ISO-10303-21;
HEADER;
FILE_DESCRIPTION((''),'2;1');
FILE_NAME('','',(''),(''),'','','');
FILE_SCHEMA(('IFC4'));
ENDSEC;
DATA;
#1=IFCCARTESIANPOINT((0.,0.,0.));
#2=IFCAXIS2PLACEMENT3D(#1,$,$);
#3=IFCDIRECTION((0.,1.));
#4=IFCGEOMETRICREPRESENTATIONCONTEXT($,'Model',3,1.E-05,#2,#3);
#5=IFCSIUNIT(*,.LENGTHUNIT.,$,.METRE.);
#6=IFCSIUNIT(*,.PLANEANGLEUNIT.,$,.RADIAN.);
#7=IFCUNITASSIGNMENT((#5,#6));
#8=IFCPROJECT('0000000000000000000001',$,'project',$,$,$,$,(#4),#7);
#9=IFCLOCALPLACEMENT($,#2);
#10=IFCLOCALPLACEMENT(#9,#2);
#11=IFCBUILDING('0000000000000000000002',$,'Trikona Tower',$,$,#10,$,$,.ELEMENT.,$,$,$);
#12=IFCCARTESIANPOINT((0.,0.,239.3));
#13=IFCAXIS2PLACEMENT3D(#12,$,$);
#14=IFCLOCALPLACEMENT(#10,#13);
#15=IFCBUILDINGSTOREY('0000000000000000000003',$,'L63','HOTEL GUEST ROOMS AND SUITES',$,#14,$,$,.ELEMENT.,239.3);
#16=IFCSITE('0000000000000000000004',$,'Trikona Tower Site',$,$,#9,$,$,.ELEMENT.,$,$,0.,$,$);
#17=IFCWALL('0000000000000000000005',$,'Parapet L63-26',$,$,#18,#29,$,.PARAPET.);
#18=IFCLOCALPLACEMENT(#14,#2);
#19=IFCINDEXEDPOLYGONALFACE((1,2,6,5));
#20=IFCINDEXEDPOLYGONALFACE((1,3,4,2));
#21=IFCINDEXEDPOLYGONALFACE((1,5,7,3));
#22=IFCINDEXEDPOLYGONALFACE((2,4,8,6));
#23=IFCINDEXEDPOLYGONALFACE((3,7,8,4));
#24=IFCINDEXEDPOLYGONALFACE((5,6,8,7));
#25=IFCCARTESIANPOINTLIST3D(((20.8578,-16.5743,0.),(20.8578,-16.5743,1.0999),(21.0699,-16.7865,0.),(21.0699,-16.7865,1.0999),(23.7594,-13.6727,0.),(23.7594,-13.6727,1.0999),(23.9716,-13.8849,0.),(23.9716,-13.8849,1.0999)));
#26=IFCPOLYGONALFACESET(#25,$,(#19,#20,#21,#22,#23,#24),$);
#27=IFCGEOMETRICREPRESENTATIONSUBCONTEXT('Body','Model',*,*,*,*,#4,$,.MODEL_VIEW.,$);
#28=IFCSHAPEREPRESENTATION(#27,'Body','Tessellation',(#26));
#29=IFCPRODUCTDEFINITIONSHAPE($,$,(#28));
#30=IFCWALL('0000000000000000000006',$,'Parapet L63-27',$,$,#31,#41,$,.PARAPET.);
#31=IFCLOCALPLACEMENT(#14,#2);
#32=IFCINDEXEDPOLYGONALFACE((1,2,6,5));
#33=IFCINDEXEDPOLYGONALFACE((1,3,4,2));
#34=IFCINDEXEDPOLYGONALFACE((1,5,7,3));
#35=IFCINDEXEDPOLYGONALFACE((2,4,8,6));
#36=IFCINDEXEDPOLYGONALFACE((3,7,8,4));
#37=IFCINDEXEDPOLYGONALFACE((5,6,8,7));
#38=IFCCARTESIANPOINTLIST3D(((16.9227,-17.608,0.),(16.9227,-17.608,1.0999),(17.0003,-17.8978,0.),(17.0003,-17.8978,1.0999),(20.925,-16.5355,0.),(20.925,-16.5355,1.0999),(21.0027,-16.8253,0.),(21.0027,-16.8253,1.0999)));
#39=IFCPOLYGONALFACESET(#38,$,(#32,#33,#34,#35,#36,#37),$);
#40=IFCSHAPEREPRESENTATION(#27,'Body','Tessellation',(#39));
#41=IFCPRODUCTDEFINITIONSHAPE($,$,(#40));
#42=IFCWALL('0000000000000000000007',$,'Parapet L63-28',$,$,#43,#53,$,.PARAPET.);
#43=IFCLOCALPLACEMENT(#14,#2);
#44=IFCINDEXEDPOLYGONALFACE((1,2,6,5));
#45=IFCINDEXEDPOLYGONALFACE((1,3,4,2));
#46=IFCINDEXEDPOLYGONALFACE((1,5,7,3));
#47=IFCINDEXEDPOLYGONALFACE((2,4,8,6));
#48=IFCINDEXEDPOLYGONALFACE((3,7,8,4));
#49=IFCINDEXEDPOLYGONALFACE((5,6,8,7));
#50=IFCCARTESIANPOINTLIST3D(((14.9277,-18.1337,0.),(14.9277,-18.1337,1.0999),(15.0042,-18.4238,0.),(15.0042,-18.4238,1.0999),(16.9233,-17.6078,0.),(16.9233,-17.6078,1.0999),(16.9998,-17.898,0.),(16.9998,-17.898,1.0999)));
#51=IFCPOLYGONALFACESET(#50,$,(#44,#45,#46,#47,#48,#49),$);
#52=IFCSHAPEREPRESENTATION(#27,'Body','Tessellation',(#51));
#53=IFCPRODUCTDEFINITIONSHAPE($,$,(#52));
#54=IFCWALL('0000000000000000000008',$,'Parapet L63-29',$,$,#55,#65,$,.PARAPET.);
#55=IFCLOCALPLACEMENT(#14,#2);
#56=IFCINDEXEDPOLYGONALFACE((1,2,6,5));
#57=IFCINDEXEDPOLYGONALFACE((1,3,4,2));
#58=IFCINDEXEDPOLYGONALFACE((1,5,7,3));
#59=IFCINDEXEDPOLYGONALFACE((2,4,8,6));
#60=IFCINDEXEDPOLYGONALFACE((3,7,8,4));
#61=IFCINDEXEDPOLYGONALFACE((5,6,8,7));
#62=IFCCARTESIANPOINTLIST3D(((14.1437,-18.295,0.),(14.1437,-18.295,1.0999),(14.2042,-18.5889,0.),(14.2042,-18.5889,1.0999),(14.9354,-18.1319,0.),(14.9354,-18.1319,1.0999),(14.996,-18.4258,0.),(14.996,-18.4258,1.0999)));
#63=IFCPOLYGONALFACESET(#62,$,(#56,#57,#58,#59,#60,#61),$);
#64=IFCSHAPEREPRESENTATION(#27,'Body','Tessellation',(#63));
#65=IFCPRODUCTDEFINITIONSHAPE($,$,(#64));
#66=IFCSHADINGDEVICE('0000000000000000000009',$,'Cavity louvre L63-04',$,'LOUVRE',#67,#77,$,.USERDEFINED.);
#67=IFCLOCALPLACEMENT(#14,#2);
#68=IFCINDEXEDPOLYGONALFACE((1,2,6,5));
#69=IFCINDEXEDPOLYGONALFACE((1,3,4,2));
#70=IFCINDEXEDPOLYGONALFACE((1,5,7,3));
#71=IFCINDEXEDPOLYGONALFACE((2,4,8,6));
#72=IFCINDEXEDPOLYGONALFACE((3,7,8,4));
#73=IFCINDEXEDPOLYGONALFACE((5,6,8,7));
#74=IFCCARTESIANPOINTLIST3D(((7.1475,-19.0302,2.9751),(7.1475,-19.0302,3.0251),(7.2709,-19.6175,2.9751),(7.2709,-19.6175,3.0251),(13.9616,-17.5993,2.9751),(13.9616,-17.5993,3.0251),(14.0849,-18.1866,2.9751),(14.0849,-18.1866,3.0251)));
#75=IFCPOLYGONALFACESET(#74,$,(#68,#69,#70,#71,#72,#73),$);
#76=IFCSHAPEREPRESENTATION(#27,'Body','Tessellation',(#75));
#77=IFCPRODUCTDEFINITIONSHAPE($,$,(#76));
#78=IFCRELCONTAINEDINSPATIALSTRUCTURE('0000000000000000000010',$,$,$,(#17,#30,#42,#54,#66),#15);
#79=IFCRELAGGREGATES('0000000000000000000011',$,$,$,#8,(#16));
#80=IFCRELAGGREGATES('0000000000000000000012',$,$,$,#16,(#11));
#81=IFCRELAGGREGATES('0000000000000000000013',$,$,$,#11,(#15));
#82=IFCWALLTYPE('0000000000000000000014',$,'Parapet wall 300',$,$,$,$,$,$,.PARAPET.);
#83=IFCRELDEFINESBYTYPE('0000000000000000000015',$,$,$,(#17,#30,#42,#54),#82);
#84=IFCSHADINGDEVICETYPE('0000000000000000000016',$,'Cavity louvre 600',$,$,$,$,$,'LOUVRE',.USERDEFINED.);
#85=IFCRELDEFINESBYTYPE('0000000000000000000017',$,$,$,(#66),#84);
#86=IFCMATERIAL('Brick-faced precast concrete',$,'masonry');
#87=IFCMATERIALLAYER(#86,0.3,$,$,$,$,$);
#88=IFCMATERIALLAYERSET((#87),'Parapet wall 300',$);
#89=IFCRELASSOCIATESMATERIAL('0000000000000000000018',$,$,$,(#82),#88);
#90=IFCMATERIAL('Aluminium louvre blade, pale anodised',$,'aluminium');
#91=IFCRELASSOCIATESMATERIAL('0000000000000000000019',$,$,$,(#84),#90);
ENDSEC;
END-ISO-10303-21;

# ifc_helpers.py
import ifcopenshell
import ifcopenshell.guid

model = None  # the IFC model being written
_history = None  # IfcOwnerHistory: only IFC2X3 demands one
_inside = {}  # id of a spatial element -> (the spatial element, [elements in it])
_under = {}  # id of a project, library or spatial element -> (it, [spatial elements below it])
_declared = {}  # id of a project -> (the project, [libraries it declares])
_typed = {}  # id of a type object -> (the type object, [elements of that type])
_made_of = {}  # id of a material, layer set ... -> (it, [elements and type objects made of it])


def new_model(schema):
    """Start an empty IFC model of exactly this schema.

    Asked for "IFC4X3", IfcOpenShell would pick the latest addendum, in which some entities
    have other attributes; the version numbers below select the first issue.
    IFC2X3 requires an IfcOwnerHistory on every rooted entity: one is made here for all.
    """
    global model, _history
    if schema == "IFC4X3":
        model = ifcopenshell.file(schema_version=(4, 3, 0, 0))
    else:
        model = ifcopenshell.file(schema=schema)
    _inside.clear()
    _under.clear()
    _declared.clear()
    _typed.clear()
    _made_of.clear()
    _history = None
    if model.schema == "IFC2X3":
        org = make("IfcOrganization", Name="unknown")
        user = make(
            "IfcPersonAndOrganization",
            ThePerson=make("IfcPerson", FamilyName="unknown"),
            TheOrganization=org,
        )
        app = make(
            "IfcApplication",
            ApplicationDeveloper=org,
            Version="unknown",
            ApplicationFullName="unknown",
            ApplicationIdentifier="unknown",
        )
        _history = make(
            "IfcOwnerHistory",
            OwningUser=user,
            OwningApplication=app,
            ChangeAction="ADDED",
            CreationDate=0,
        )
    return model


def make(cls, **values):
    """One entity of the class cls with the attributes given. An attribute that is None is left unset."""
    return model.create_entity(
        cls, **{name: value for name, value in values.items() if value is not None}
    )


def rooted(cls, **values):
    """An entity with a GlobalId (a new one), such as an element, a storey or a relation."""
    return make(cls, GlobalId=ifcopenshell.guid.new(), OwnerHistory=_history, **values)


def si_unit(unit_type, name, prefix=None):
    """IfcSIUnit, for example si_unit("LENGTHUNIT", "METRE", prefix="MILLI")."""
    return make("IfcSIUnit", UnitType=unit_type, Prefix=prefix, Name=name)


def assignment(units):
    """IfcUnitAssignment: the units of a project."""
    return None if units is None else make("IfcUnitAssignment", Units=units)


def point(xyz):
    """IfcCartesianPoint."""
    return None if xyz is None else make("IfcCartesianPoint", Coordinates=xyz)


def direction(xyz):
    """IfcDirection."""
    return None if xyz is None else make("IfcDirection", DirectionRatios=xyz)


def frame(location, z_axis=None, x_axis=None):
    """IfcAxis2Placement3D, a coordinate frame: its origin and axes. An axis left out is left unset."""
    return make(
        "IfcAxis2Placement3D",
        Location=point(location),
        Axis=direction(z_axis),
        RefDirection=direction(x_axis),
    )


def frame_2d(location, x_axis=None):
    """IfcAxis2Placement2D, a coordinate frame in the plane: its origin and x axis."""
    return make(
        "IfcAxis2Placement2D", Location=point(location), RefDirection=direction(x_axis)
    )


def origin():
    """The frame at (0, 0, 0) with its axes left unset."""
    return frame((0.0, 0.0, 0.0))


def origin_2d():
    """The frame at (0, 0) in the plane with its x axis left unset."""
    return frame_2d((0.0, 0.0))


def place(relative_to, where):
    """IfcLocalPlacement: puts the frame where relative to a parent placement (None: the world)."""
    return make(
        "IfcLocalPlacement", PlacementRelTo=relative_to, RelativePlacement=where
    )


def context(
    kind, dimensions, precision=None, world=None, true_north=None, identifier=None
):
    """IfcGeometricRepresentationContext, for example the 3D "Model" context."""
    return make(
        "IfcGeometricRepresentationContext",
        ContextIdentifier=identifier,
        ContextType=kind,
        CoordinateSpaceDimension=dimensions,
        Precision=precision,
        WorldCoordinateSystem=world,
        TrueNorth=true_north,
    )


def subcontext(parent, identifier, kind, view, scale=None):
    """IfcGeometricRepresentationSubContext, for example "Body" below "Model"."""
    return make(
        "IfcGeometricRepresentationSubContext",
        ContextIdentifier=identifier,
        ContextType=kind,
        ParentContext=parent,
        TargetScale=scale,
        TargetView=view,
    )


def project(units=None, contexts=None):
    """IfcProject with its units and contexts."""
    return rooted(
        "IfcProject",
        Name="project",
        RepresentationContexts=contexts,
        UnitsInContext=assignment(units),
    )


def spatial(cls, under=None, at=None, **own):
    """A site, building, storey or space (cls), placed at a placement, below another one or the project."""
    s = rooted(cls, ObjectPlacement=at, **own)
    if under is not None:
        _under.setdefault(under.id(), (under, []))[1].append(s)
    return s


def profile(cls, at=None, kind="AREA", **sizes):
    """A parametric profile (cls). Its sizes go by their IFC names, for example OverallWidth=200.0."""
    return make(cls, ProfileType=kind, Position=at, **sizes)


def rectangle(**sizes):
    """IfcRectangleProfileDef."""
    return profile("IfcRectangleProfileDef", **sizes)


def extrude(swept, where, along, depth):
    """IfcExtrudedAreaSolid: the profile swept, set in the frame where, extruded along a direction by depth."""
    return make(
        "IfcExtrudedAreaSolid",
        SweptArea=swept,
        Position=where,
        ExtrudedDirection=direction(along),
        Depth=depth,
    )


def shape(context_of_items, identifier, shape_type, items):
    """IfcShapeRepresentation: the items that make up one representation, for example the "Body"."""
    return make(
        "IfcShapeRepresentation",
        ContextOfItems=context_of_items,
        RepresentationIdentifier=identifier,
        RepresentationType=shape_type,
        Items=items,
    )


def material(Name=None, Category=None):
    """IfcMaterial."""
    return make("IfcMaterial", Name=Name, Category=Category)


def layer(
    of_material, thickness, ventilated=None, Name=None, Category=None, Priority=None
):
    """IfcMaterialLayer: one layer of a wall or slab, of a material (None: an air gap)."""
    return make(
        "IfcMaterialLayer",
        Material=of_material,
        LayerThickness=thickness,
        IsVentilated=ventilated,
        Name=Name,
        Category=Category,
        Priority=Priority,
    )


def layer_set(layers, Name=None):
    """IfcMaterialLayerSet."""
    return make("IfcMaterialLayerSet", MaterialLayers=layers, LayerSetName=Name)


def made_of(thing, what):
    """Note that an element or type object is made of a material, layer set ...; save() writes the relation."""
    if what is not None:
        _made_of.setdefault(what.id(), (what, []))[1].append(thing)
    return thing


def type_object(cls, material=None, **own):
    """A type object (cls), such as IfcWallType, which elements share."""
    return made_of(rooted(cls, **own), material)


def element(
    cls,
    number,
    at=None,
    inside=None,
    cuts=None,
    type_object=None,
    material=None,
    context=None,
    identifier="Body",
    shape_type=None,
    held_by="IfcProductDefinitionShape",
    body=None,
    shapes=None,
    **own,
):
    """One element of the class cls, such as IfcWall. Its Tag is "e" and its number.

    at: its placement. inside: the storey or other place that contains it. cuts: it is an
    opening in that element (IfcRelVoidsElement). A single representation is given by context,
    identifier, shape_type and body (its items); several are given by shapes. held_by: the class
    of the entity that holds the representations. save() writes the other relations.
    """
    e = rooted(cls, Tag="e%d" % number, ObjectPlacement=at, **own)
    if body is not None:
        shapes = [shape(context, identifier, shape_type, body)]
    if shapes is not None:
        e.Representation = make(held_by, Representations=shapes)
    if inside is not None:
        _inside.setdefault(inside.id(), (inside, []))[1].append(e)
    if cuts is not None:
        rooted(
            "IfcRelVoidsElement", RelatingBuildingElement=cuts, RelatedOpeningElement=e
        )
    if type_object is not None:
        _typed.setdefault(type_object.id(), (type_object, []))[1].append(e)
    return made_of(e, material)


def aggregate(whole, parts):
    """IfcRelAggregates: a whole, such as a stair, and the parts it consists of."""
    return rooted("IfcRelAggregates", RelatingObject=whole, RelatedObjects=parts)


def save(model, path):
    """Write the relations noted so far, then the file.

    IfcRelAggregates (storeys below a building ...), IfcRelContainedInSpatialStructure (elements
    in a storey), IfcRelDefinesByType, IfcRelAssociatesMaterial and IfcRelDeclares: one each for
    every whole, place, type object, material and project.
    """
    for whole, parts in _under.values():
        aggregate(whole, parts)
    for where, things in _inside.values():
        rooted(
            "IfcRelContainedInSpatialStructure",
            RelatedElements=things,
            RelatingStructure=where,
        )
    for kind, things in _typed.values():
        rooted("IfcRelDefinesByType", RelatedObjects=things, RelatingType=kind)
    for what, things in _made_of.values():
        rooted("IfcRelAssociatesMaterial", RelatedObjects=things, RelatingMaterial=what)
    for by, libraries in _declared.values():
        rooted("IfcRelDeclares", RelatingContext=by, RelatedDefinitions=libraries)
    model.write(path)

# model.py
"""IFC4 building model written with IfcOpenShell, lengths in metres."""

from ifc_helpers import new_model, si_unit, direction, frame, frame_2d, origin, origin_2d, place, context, subcontext, project, spatial, rectangle, extrude, material, layer, layer_set, type_object, element, save


model = new_model("IFC4")

# Units and contexts
model_context = context("Model", 3, precision=1e-05, world=origin(), true_north=direction((0.0, 1.0)))
body_context = subcontext(model_context, "Body", "Model", "MODEL_VIEW")
ifc_project = project(units=[si_unit("LENGTHUNIT", "METRE"), si_unit("PLANEANGLEUNIT", "RADIAN")], contexts=[model_context])

# Site, building, storey
site_placement = place(None, origin())
site = spatial("IfcSite", under=ifc_project, at=site_placement, Name="Trikona Tower Site", CompositionType="ELEMENT", RefElevation=0.0)
building_placement = place(site_placement, origin())
building = spatial("IfcBuilding", under=site, at=building_placement, Name="Trikona Tower", CompositionType="ELEMENT")
storey_placement = place(building_placement, frame((0.0, 0.0, 239.3)))
storey = spatial("IfcBuildingStorey", under=building, at=storey_placement, Name="L63", Description="HOTEL GUEST ROOMS AND SUITES", CompositionType="ELEMENT", Elevation=239.3)

# Walls
ifc_material_1 = material(Name="Brick-faced precast concrete", Category="masonry")
ifc_layer_1 = layer(ifc_material_1, 0.3)
ifc_layer_set_1 = layer_set([ifc_layer_1], Name="Parapet wall 300")
wall_type_1 = type_object("IfcWallType", Name="Parapet wall 300", PredefinedType="PARAPET", material=ifc_layer_set_1)
wall_1_placement = place(storey_placement, frame((23.8655, -13.7788, 0.0), z_axis=(0.0, 0.0, 1.0), x_axis=(-0.707107, -0.707107, 0.0)))
element("IfcWall", 1, at=wall_1_placement, inside=storey, type_object=wall_type_1, Name="Parapet L63-26", PredefinedType="PARAPET", context=body_context, shape_type="SweptSolid", body=[
    extrude(rectangle(XDim=4.1035, YDim=0.3, at=frame_2d((2.0518, 0.0))), origin(), (0.0, 0.0, 1.0), 1.0999),
])
wall_2_placement = place(storey_placement, frame((20.9639, -16.6804, 0.0), z_axis=(0.0, 0.0, 1.0), x_axis=(-0.965922, -0.258832, 0.0)))
element("IfcWall", 2, at=wall_2_placement, inside=storey, type_object=wall_type_1, Name="Parapet L63-27", PredefinedType="PARAPET", context=body_context, shape_type="SweptSolid", body=[
    extrude(rectangle(XDim=4.1436, YDim=0.3, at=frame_2d((2.0718, 0.0))), origin(), (0.0, 0.0, 1.0), 1.0999),
])
wall_3_placement = place(storey_placement, frame((16.9614, -17.7529, 0.0), z_axis=(0.0, 0.0, 1.0), x_axis=(-0.966989, -0.254819, 0.0)))
element("IfcWall", 3, at=wall_3_placement, inside=storey, type_object=wall_type_1, Name="Parapet L63-28", PredefinedType="PARAPET", context=body_context, shape_type="SweptSolid", body=[
    extrude(rectangle(XDim=2.0637, YDim=0.3, at=frame_2d((1.0317, 0.0))), origin(), (0.0, 0.0, 1.0), 1.0999),
])
wall_4_placement = place(storey_placement, frame((14.9658, -18.2788, 0.0), z_axis=(0.0, 0.0, 1.0), x_axis=(-0.979438, -0.201747, 0.0)))
element("IfcWall", 4, at=wall_4_placement, inside=storey, type_object=wall_type_1, Name="Parapet L63-29", PredefinedType="PARAPET", context=body_context, shape_type="SweptSolid", body=[
    extrude(rectangle(XDim=0.8083, YDim=0.3, at=frame_2d((0.4043, 0.0))), origin(), (0.0, 0.0, 1.0), 1.0999),
])

# Shading device
ifc_material_2 = material(Name="Aluminium louvre blade, pale anodised", Category="aluminium")
shading_device_type = type_object("IfcShadingDeviceType", Name="Cavity louvre 600", ElementType="LOUVRE", PredefinedType="USERDEFINED", material=ifc_material_2)
shading_device_placement = place(storey_placement, frame((10.6162, -18.6084, 2.9751), z_axis=(0.0, 0.0, 1.0), x_axis=(0.978653, 0.205518, 0.0)))
element("IfcShadingDevice", 5, at=shading_device_placement, inside=storey, type_object=shading_device_type, Name="Cavity louvre L63-04", ObjectType="LOUVRE", PredefinedType="USERDEFINED", context=body_context, shape_type="SweptSolid", body=[
    extrude(rectangle(XDim=6.9626, YDim=0.6001, at=origin_2d()), origin(), (0.0, 0.0, 1.0), 0.05),
])

save(model, "model.ifc")
